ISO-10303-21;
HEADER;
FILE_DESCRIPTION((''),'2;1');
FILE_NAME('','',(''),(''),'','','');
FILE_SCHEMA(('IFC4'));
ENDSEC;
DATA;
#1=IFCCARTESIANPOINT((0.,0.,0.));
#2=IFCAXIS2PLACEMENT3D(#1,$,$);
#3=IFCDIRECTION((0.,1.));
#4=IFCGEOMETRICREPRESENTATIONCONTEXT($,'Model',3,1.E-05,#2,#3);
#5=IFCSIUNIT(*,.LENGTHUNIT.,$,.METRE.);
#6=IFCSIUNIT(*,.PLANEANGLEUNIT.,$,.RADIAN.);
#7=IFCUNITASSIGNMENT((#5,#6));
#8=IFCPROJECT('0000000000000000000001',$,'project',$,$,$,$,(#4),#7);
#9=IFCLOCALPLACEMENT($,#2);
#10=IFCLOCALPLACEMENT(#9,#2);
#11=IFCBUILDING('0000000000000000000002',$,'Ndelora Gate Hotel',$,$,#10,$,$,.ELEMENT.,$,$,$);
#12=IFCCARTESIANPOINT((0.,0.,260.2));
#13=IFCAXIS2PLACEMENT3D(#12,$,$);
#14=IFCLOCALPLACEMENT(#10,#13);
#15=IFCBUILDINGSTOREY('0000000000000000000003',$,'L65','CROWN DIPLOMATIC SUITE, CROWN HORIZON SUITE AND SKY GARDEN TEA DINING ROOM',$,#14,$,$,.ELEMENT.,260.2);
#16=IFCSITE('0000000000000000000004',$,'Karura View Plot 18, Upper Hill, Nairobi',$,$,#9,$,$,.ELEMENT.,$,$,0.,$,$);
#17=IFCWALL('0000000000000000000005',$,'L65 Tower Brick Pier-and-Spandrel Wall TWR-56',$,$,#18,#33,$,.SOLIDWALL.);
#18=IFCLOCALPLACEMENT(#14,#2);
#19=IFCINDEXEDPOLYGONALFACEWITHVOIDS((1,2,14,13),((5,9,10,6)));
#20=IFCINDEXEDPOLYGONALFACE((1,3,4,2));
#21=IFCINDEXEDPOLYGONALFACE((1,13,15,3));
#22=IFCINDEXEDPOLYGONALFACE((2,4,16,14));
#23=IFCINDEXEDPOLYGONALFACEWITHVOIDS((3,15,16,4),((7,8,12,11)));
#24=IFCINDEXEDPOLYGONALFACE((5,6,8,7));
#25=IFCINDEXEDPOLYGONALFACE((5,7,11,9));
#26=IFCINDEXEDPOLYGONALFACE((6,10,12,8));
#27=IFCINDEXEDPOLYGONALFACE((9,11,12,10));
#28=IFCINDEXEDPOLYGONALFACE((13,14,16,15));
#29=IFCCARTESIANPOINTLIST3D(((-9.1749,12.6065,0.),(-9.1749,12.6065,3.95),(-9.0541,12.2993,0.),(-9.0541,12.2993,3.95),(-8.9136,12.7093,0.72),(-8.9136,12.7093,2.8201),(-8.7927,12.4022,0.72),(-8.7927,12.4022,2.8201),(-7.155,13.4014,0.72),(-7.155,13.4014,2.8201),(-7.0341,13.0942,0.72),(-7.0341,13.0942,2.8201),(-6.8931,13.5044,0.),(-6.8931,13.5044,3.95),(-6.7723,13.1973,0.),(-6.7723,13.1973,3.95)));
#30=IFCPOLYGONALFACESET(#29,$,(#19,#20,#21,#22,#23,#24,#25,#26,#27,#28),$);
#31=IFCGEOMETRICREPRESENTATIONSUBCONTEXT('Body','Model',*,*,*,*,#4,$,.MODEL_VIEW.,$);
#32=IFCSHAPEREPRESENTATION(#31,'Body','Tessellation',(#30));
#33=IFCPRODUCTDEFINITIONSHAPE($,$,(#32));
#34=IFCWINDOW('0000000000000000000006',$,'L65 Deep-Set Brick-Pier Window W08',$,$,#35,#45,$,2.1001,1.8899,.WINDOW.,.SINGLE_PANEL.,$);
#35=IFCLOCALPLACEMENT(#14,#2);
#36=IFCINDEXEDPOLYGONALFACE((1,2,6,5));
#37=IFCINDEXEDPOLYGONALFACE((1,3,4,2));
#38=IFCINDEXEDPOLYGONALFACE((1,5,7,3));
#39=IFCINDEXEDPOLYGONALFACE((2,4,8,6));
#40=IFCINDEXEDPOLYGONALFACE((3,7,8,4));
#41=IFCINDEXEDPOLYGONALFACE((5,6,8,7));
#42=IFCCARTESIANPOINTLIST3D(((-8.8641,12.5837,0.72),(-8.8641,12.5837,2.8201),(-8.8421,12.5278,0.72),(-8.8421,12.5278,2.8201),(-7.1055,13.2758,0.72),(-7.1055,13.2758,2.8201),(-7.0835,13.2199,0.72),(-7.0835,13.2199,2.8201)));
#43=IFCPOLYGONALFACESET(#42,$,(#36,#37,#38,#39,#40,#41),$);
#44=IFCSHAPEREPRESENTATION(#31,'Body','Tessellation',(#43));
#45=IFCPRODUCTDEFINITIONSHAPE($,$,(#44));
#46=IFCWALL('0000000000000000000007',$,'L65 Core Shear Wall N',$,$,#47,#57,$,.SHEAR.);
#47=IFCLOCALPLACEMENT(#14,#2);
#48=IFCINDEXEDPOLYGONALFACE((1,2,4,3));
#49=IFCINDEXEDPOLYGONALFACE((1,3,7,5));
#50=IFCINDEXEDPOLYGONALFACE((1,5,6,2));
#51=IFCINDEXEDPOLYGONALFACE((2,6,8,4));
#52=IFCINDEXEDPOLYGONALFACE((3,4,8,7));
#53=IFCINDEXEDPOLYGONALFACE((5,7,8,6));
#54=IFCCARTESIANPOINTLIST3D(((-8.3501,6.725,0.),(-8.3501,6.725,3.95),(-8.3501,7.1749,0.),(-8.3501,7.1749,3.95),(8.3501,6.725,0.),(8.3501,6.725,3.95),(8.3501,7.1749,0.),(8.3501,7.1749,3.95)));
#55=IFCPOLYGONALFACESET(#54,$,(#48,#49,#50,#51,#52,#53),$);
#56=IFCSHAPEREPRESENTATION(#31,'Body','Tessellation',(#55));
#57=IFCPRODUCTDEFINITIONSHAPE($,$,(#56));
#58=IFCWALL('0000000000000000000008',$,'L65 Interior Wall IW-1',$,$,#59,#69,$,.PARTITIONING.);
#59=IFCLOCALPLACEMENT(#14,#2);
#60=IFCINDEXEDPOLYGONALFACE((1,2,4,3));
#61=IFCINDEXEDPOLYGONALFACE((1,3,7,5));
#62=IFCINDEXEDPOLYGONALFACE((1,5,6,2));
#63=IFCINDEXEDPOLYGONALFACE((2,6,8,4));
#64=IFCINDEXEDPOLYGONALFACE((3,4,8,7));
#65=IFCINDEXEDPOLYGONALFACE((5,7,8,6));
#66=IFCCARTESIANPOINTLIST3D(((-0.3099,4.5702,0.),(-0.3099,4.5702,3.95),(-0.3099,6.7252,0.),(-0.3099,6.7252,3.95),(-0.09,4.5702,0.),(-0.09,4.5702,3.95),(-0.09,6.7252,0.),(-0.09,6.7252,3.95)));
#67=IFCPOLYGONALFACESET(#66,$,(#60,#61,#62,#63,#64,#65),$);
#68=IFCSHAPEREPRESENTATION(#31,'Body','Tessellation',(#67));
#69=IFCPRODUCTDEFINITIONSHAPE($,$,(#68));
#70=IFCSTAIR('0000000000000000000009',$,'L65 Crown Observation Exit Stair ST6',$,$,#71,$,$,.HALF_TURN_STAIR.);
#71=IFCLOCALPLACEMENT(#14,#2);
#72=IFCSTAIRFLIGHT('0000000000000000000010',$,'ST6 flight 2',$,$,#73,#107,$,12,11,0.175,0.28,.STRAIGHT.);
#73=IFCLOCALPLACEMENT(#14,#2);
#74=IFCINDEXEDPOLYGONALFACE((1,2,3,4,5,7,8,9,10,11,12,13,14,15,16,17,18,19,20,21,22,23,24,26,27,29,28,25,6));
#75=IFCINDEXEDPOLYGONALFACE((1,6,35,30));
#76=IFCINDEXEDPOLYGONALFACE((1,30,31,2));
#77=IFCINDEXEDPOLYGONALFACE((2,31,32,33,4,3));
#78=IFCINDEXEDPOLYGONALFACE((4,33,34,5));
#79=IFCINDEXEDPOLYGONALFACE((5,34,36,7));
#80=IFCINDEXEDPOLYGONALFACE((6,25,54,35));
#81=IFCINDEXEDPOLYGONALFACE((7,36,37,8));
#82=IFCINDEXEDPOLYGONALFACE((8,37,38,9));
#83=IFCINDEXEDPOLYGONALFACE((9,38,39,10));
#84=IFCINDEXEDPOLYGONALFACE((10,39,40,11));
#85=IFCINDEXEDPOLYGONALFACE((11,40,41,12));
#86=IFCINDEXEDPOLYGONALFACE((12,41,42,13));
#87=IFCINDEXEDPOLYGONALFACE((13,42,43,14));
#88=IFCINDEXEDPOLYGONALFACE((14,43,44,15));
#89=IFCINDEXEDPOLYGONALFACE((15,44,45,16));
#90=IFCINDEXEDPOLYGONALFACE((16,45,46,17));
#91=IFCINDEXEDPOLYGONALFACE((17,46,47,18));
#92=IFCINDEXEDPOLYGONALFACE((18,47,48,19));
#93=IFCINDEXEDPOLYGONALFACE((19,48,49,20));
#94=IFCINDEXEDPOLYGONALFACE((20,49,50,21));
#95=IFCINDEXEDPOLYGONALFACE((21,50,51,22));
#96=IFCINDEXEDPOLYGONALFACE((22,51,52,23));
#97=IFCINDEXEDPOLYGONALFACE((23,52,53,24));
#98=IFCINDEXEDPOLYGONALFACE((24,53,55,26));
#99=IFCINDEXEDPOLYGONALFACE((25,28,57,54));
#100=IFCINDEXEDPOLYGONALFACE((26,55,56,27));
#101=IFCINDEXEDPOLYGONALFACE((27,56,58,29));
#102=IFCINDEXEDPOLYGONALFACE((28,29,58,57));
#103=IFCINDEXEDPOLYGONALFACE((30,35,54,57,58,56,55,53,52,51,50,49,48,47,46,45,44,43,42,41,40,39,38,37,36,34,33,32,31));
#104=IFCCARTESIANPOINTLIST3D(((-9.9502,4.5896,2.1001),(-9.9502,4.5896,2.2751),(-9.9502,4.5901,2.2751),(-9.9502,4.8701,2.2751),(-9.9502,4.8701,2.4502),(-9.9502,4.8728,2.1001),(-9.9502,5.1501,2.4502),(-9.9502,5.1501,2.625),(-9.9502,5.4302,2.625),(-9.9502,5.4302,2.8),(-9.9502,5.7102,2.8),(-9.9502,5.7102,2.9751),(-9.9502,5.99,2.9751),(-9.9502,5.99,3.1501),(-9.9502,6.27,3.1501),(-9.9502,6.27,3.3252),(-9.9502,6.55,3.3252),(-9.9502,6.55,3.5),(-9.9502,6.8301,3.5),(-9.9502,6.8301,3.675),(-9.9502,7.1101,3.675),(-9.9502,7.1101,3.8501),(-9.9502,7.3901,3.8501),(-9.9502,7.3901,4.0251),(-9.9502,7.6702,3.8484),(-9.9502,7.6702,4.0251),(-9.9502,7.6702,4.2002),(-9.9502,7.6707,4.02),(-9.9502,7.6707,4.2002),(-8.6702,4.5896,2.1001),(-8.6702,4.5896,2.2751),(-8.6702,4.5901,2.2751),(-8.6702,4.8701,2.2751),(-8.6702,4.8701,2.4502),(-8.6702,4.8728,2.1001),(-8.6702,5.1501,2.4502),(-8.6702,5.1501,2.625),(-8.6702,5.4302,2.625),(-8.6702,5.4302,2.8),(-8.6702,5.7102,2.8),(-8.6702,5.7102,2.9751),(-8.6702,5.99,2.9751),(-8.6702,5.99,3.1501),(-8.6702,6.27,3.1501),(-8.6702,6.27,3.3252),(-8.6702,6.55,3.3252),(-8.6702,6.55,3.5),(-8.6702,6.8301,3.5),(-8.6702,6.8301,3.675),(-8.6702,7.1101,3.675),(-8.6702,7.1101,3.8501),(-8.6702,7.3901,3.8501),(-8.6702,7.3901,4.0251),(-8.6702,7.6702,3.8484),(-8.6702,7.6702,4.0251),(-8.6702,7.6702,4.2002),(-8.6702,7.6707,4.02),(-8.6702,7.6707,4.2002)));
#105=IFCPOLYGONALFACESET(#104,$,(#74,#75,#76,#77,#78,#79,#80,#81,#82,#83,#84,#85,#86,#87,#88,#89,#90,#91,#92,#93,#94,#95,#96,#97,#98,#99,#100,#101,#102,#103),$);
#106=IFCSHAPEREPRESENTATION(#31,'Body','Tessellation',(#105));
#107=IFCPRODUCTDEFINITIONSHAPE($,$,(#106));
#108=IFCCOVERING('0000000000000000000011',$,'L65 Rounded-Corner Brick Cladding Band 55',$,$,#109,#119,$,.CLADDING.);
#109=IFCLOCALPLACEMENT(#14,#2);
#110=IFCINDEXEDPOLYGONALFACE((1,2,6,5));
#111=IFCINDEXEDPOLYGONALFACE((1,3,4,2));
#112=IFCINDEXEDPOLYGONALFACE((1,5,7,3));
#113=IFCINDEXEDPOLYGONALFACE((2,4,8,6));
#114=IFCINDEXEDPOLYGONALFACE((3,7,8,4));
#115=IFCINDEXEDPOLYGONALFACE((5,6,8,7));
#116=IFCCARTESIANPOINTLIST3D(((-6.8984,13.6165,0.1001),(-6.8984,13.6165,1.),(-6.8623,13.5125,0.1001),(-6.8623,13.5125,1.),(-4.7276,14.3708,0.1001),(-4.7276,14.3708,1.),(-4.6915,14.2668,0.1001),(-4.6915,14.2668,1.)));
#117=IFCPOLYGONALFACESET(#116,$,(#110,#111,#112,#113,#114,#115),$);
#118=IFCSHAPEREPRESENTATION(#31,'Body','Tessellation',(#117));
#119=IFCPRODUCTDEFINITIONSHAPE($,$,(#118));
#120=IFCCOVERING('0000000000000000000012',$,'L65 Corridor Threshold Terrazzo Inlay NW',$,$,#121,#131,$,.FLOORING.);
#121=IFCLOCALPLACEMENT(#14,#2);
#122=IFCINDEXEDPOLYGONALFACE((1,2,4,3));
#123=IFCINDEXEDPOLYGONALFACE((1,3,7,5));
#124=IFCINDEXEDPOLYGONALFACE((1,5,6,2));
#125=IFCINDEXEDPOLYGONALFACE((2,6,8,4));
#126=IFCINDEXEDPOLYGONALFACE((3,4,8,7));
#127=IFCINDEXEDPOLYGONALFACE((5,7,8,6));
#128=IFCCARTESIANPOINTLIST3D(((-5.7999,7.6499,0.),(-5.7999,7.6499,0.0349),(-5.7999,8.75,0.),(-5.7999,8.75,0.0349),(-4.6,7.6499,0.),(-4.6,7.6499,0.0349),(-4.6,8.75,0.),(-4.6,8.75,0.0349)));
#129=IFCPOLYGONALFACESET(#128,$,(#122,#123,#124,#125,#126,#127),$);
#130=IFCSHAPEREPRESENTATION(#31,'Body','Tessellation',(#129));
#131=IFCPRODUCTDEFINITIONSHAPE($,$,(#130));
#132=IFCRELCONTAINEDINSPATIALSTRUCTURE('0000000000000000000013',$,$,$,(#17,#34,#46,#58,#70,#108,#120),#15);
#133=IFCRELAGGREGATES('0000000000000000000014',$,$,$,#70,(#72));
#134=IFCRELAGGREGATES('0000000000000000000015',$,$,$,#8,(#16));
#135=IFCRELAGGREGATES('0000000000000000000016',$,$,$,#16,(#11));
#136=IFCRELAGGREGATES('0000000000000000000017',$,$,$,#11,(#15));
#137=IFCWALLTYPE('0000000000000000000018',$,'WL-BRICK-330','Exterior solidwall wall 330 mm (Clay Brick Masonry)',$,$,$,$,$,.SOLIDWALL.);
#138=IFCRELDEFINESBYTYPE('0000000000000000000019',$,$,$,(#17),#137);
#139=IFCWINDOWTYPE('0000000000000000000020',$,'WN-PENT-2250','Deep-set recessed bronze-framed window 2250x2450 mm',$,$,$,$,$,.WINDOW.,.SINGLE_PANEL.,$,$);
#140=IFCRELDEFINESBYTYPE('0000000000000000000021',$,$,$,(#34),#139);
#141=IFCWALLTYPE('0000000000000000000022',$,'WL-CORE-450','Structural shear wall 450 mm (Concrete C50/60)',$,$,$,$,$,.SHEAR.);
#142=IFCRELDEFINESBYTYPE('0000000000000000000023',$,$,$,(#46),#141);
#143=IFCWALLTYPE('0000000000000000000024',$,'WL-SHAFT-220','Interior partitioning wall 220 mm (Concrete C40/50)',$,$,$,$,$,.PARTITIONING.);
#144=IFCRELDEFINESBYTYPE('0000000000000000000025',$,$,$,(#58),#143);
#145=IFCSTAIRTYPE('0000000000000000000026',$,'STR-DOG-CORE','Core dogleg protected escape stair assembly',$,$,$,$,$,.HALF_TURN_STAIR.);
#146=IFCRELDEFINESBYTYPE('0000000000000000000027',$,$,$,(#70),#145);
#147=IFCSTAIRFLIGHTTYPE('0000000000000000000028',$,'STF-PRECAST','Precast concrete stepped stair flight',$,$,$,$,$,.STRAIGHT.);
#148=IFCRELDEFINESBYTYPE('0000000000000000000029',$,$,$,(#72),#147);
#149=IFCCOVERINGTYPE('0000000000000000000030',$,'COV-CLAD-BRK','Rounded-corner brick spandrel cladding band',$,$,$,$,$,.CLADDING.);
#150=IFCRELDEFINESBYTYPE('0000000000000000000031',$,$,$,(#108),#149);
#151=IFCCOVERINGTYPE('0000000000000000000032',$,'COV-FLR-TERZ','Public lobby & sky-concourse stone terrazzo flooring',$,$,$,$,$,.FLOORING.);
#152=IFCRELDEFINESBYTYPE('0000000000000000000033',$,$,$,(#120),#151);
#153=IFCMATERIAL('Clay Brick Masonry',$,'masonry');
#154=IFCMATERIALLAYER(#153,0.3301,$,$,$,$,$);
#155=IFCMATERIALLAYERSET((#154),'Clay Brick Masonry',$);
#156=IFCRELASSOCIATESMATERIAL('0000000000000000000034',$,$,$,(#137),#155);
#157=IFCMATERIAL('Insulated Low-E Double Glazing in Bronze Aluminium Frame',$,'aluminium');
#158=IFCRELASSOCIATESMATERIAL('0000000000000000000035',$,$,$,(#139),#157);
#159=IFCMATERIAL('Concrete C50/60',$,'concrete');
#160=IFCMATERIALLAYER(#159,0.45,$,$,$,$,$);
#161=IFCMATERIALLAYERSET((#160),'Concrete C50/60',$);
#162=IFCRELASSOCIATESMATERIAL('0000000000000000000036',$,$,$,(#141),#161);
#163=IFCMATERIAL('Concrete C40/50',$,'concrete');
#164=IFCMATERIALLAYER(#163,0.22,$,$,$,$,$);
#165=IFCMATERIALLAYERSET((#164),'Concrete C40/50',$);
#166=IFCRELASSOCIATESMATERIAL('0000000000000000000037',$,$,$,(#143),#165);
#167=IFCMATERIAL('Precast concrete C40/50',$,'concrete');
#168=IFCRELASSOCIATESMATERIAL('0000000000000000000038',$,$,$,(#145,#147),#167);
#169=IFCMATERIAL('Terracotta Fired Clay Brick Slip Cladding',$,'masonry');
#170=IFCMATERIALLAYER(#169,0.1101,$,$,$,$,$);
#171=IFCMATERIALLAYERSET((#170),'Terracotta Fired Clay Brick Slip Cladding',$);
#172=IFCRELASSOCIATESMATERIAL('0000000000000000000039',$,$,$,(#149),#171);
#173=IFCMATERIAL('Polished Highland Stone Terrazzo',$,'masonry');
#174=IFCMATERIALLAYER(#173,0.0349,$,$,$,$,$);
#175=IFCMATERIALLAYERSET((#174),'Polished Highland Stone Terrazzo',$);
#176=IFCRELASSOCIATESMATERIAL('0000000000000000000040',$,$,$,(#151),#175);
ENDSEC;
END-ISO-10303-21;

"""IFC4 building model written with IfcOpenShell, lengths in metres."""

from ifc_helpers import new_model, si_unit, direction, frame, frame_2d, origin, origin_2d, place, context, subcontext, project, spatial, polyline, rectangle, outline, extrude, material, layer, layer_set, type_object, element, fill, aggregate, save


model = new_model("IFC4")

# Units and contexts
model_context = context("Model", 3, precision=1e-05, world=origin(), true_north=direction((0.0, 1.0)))
body_context = subcontext(model_context, "Body", "Model", "MODEL_VIEW")
ifc_project = project(units=[si_unit("LENGTHUNIT", "METRE"), si_unit("PLANEANGLEUNIT", "RADIAN")], contexts=[model_context])

# Site, building, storey
site_placement = place(None, origin())
site = spatial("IfcSite", under=ifc_project, at=site_placement, Name="Karura View Plot 18, Upper Hill, Nairobi", CompositionType="ELEMENT", RefElevation=0.0)
building_placement = place(site_placement, origin())
building = spatial("IfcBuilding", under=site, at=building_placement, Name="Ndelora Gate Hotel", CompositionType="ELEMENT")
storey_placement = place(building_placement, frame((0.0, 0.0, 260.2)))
storey = spatial("IfcBuildingStorey", under=building, at=storey_placement, Name="L65", Description="CROWN DIPLOMATIC SUITE, CROWN HORIZON SUITE AND SKY GARDEN TEA DINING ROOM", CompositionType="ELEMENT", Elevation=260.2)

# Shared definitions
ifc_material_1 = material(Name="Concrete C50/60", Category="concrete")

# Shared definitions
ifc_material_2 = material(Name="Clay Brick Masonry", Category="masonry")
ifc_layer_1 = layer(ifc_material_2, 0.3301)
ifc_layer_set_1 = layer_set([ifc_layer_1], Name="Clay Brick Masonry")
wall_type_1 = type_object("IfcWallType", Name="WL-BRICK-330", Description="Exterior solidwall wall 330 mm (Clay Brick Masonry)", PredefinedType="SOLIDWALL", material=ifc_layer_set_1)

# Wall, opening, window
wall_1_placement = place(storey_placement, frame((-9.1145, 12.4529, 0.0), z_axis=(0.0, 0.0, 1.0), x_axis=(0.930536, 0.366201, 0.0)))
wall_1 = element("IfcWall", 1, at=wall_1_placement, inside=storey, type_object=wall_type_1, Name="L65 Tower Brick Pier-and-Spandrel Wall TWR-56", PredefinedType="SOLIDWALL", context=body_context, shape_type="SweptSolid", body=[
    extrude(rectangle(XDim=2.4521, YDim=0.3301, at=frame_2d((1.2261, 0.0))), origin(), (0.0, 0.0, 1.0), 3.95),
])
opening_1_placement = place(wall_1_placement, frame((0.281, 0.0, 0.72)))
opening_1 = element("IfcOpeningElement", 2, at=opening_1_placement, cuts=wall_1, PredefinedType="OPENING", context=body_context, shape_type="SweptSolid", body=[
    extrude(rectangle(XDim=1.8899, YDim=2.1001, at=frame_2d((0.9448, 1.05))), frame((0.0, 0.175, 0.0), z_axis=(0.0, -1.0, 0.0), x_axis=(1.0, 0.0, 0.0)), (0.0, 0.0, 1.0), 0.3501),
])
ifc_material_3 = material(Name="Insulated Low-E Double Glazing in Bronze Aluminium Frame", Category="aluminium")
window_type = type_object("IfcWindowType", Name="WN-PENT-2250", Description="Deep-set recessed bronze-framed window 2250x2450 mm", PartitioningType="SINGLE_PANEL", PredefinedType="WINDOW", material=ifc_material_3)
window_placement = place(opening_1_placement, origin())
window = element("IfcWindow", 3, at=window_placement, inside=storey, type_object=window_type, Name="L65 Deep-Set Brick-Pier Window W08", OverallHeight=2.1001, OverallWidth=1.8899, PartitioningType="SINGLE_PANEL", PredefinedType="WINDOW", context=body_context, shape_type="SweptSolid", body=[
    extrude(rectangle(XDim=1.8899, YDim=2.1001, at=frame_2d((0.9448, 1.05))), frame((0.0, 0.03, 0.0), z_axis=(0.0, -1.0, 0.0), x_axis=(1.0, 0.0, 0.0)), (0.0, 0.0, 1.0), 0.0601),
])
fill(opening_1, window)

# Walls
ifc_layer_2 = layer(ifc_material_1, 0.45)
ifc_layer_set_2 = layer_set([ifc_layer_2], Name="Concrete C50/60")
wall_type_2 = type_object("IfcWallType", Name="WL-CORE-450", Description="Structural shear wall 450 mm (Concrete C50/60)", PredefinedType="SHEAR", material=ifc_layer_set_2)
wall_2_placement = place(storey_placement, frame((-8.3501, 6.95, 0.0), z_axis=(0.0, 0.0, 1.0), x_axis=(1.0, 0.0, 0.0)))
element("IfcWall", 4, at=wall_2_placement, inside=storey, type_object=wall_type_2, Name="L65 Core Shear Wall N", PredefinedType="SHEAR", context=body_context, shape_type="SweptSolid", body=[
    extrude(rectangle(XDim=16.7002, YDim=0.45, at=frame_2d((8.3501, 0.0))), origin(), (0.0, 0.0, 1.0), 3.95),
])
ifc_material_4 = material(Name="Concrete C40/50", Category="concrete")
ifc_layer_3 = layer(ifc_material_4, 0.22)
ifc_layer_set_3 = layer_set([ifc_layer_3], Name="Concrete C40/50")
wall_type_3 = type_object("IfcWallType", Name="WL-SHAFT-220", Description="Interior partitioning wall 220 mm (Concrete C40/50)", PredefinedType="PARTITIONING", material=ifc_layer_set_3)
wall_3_placement = place(storey_placement, frame((-0.2, 4.5701, 0.0), z_axis=(0.0, 0.0, 1.0), x_axis=(0.0, 1.0, 0.0)))
element("IfcWall", 5, at=wall_3_placement, inside=storey, type_object=wall_type_3, Name="L65 Interior Wall IW-1", PredefinedType="PARTITIONING", context=body_context, shape_type="SweptSolid", body=[
    extrude(rectangle(XDim=2.155, YDim=0.22, at=frame_2d((1.0776, 0.0))), origin(), (0.0, 0.0, 1.0), 3.95),
])

# Stair, stair flight
ifc_material_5 = material(Name="Precast concrete C40/50", Category="concrete")
stair_type = type_object("IfcStairType", Name="STR-DOG-CORE", Description="Core dogleg protected escape stair assembly", PredefinedType="HALF_TURN_STAIR", material=ifc_material_5)
stair_placement = place(storey_placement, origin())
stair = element("IfcStair", 6, at=stair_placement, inside=storey, type_object=stair_type, Name="L65 Crown Observation Exit Stair ST6", PredefinedType="HALF_TURN_STAIR")
stair_flight_type = type_object("IfcStairFlightType", Name="STF-PRECAST", Description="Precast concrete stepped stair flight", PredefinedType="STRAIGHT", material=ifc_material_5)
stair_flight_placement = place(storey_placement, frame((-9.3101, 4.5901, 2.1001), z_axis=(0.0, 0.0, 1.0), x_axis=(0.0, 1.0, 0.0)))
stair_flight = element("IfcStairFlight", 7, at=stair_flight_placement, type_object=stair_flight_type, Name="ST6 flight 2", NumberOfRisers=12, NumberOfTreads=11, PredefinedType="STRAIGHT", RiserHeight=0.175, TreadLength=0.28, context=body_context, shape_type="SweptSolid", body=[
    extrude(outline(polyline([(-0.0005, 0.0), (-0.0005, 0.175), (0.0, 0.175), (0.28, 0.175), (0.28, 0.3501), (0.5601, 0.3501), (0.5601, 0.5249), (0.8401, 0.5249), (0.8401, 0.7), (1.1201, 0.7), (1.1201, 0.875), (1.3999, 0.875), (1.3999, 1.05), (1.6799, 1.05), (1.6799, 1.2251), (1.96, 1.2251), (1.96, 1.3999), (2.24, 1.3999), (2.24, 1.575), (2.52, 1.575), (2.52, 1.75), (2.8, 1.75), (2.8, 1.925), (3.0801, 1.925), (3.0801, 2.1001), (3.0806, 2.1001), (3.0806, 1.9199), (3.0801, 1.7483), (0.2827, 0.0), (-0.0005, 0.0)])), frame((0.0, 0.6401, 0.0), z_axis=(0.0, -1.0, 0.0), x_axis=(1.0, 0.0, 0.0)), (0.0, 0.0, 1.0), 1.28),
])
aggregate(stair, [stair_flight])

# Coverings
ifc_material_6 = material(Name="Terracotta Fired Clay Brick Slip Cladding", Category="masonry")
ifc_layer_4 = layer(ifc_material_6, 0.1101)
ifc_layer_set_4 = layer_set([ifc_layer_4], Name="Terracotta Fired Clay Brick Slip Cladding")
covering_type_1 = type_object("IfcCoveringType", Name="COV-CLAD-BRK", Description="Rounded-corner brick spandrel cladding band", PredefinedType="CLADDING", material=ifc_layer_set_4)
covering_1_placement = place(storey_placement, frame((-5.7949, 13.9417, 0.1001), z_axis=(0.0, 0.0, 1.0), x_axis=(0.944606, 0.328207, 0.0)))
element("IfcCovering", 8, at=covering_1_placement, inside=storey, type_object=covering_type_1, Name="L65 Rounded-Corner Brick Cladding Band 55", PredefinedType="CLADDING", context=body_context, shape_type="SweptSolid", body=[
    extrude(rectangle(XDim=2.2981, YDim=0.1101, at=origin_2d()), origin(), (0.0, 0.0, 1.0), 0.8999),
])
ifc_material_7 = material(Name="Polished Highland Stone Terrazzo", Category="masonry")
ifc_layer_5 = layer(ifc_material_7, 0.0349)
ifc_layer_set_5 = layer_set([ifc_layer_5], Name="Polished Highland Stone Terrazzo")
covering_type_2 = type_object("IfcCoveringType", Name="COV-FLR-TERZ", Description="Public lobby & sky-concourse stone terrazzo flooring", PredefinedType="FLOORING", material=ifc_layer_set_5)
covering_2_placement = place(storey_placement, frame((-5.2, 8.2, 0.0), z_axis=(0.0, 0.0, 1.0), x_axis=(1.0, 0.0, 0.0)))
element("IfcCovering", 9, at=covering_2_placement, inside=storey, type_object=covering_type_2, Name="L65 Corridor Threshold Terrazzo Inlay NW", PredefinedType="FLOORING", context=body_context, shape_type="SweptSolid", body=[
    extrude(rectangle(XDim=1.2, YDim=1.1001, at=origin_2d()), origin(), (0.0, 0.0, 1.0), 0.0349),
])

save(model, "model.ifc")
